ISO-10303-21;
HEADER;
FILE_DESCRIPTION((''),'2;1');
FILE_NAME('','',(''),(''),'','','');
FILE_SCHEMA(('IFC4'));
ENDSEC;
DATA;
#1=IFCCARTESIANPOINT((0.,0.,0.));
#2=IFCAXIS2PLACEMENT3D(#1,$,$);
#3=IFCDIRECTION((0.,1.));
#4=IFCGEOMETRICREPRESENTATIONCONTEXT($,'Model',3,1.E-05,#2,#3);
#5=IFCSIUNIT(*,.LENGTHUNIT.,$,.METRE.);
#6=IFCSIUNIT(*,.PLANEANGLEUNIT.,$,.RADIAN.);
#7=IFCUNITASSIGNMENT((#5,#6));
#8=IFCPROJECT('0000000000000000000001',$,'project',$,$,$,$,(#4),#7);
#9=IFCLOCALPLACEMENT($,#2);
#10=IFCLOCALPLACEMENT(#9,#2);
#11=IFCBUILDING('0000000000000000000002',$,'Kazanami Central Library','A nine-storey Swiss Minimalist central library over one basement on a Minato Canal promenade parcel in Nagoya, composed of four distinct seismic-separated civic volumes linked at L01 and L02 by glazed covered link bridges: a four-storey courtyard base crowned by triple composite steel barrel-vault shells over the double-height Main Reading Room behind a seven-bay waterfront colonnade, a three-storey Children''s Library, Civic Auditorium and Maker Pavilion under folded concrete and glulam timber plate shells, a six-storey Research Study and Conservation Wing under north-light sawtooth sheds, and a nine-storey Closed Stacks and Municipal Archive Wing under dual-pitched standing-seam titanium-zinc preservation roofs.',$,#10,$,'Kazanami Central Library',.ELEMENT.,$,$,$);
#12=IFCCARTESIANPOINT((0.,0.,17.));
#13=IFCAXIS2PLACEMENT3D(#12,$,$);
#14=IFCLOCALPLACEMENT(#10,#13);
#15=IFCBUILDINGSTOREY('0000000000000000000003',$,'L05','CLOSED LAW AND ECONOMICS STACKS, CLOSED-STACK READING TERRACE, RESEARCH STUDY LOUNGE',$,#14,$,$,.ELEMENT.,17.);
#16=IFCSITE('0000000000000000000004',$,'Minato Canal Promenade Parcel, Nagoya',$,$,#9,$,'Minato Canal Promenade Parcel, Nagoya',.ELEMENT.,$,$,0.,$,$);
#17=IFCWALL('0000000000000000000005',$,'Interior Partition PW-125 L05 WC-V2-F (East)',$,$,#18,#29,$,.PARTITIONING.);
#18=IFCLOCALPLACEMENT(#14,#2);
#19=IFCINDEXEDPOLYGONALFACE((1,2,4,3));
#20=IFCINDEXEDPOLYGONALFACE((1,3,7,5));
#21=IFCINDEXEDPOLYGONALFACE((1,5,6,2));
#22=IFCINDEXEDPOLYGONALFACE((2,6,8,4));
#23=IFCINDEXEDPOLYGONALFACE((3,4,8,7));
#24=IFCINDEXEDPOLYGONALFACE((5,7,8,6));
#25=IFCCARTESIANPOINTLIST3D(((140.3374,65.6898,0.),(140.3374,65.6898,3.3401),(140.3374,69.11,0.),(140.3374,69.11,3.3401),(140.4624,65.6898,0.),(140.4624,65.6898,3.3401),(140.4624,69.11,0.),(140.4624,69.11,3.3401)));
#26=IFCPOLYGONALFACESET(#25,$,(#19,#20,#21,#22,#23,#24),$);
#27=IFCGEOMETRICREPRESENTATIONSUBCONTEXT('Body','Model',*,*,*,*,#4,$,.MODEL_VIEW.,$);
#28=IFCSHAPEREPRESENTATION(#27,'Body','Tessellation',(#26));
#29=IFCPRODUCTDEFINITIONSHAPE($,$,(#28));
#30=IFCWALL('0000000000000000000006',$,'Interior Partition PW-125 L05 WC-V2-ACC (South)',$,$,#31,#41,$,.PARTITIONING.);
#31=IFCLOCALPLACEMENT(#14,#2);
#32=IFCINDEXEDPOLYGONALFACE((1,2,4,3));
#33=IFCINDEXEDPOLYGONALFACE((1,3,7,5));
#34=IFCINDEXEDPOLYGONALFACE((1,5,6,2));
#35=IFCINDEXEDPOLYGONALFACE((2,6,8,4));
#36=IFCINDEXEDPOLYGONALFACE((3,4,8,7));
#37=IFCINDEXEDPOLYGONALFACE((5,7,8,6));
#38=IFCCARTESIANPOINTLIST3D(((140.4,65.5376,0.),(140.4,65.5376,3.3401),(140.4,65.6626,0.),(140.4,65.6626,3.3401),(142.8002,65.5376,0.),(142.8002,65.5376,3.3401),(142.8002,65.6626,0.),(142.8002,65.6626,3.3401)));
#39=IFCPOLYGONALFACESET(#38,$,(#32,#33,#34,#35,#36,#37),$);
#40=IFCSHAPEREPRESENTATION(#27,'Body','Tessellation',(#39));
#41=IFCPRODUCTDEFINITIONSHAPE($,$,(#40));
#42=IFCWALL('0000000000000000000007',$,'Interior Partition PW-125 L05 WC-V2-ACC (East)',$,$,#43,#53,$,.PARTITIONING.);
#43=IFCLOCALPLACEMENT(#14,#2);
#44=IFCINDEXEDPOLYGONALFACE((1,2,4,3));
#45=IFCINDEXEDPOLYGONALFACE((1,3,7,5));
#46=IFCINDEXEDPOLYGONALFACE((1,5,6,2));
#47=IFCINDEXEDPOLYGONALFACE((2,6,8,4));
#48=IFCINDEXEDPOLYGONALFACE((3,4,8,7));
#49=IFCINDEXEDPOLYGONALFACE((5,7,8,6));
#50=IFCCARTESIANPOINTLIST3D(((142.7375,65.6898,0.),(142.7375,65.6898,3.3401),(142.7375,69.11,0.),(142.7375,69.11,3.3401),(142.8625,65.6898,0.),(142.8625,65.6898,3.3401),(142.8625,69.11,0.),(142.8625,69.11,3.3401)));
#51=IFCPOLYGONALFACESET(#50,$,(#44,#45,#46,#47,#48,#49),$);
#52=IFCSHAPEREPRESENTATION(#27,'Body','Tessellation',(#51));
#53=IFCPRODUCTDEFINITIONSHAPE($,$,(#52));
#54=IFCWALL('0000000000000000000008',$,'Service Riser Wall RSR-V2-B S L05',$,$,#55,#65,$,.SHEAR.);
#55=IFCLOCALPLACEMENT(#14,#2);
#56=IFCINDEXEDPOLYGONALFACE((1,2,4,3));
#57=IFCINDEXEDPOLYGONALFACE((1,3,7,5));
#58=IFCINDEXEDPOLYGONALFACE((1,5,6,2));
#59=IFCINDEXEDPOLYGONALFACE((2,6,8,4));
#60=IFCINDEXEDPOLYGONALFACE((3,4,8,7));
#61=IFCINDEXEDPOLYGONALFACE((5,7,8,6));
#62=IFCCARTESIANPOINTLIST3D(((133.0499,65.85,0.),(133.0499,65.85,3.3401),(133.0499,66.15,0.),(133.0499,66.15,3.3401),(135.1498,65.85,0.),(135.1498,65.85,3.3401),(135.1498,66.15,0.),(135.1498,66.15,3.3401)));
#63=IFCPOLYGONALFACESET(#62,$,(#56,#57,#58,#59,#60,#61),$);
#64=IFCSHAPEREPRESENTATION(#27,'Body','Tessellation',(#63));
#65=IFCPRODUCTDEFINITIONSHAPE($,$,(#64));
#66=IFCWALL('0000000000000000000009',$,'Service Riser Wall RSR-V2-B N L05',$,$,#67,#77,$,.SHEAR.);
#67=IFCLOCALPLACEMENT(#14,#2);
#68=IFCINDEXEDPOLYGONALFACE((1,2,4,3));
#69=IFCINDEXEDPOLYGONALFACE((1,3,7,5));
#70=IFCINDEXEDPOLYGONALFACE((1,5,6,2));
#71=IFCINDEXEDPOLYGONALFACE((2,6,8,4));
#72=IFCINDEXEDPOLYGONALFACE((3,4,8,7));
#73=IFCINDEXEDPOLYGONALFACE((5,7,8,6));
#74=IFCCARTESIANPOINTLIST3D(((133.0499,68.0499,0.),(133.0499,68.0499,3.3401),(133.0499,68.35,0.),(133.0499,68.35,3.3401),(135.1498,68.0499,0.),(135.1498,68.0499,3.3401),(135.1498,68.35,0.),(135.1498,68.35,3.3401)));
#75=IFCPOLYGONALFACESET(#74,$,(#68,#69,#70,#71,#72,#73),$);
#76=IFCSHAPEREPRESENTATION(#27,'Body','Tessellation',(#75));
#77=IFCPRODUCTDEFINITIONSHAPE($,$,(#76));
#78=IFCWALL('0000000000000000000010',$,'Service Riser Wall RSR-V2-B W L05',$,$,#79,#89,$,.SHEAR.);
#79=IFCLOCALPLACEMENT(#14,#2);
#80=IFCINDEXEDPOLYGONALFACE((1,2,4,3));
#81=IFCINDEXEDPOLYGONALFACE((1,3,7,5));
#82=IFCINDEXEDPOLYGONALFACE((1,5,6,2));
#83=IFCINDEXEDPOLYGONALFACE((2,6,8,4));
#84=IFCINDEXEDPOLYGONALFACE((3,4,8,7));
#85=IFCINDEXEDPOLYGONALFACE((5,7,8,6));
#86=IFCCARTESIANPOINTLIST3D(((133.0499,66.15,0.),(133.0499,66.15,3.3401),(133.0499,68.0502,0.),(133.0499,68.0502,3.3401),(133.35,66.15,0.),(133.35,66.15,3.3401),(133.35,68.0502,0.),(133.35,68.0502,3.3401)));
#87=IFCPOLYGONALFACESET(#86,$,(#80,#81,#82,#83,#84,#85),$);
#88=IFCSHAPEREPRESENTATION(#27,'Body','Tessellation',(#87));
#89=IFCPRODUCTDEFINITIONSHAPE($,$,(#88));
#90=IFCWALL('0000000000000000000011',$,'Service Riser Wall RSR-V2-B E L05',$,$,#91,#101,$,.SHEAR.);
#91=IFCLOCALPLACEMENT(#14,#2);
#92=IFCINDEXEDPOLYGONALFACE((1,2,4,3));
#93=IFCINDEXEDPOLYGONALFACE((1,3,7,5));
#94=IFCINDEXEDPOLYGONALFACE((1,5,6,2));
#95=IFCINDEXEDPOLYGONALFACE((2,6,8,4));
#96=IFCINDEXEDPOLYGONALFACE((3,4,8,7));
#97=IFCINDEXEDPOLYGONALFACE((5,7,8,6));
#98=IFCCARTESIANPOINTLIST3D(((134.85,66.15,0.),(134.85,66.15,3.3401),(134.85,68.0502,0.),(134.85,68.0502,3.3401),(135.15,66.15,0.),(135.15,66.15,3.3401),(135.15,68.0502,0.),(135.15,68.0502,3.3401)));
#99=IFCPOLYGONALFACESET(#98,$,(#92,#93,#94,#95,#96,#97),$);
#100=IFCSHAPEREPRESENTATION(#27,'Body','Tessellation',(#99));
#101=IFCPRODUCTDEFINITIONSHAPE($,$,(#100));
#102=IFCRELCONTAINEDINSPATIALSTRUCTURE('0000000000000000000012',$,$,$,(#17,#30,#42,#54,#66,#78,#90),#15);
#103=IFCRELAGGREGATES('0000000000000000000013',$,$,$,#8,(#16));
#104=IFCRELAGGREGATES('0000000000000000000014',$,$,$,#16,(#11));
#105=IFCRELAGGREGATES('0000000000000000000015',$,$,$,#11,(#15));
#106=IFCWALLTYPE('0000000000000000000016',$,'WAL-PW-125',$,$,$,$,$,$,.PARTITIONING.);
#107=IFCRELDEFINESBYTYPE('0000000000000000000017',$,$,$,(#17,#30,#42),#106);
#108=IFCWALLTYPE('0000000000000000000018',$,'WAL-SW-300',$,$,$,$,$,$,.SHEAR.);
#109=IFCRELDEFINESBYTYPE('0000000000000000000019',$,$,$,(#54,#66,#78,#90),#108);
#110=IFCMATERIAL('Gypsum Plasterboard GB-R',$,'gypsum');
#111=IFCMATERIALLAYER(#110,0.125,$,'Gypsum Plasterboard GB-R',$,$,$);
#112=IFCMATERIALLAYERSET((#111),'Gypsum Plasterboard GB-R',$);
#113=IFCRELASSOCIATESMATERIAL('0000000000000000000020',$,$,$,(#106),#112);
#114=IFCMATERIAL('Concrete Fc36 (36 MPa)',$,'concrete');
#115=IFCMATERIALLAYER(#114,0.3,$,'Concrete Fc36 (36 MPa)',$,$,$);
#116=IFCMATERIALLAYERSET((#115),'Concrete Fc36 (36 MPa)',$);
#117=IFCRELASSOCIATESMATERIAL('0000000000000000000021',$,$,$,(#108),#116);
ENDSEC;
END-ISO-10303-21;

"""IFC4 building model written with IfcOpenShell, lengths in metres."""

from ifc_helpers import new_model, si_unit, direction, frame, frame_2d, origin, place, context, subcontext, project, spatial, rectangle, extrude, material, layer, layer_set, type_object, element, save


model = new_model("IFC4")

# Units and contexts
model_context = context("Model", 3, precision=1e-05, world=origin(), true_north=direction((0.0, 1.0)))
body_context = subcontext(model_context, "Body", "Model", "MODEL_VIEW")
ifc_project = project(units=[si_unit("LENGTHUNIT", "METRE"), si_unit("PLANEANGLEUNIT", "RADIAN")], contexts=[model_context])

# Site, building, storey
site_placement = place(None, origin())
site = spatial("IfcSite", under=ifc_project, at=site_placement, Name="Minato Canal Promenade Parcel, Nagoya", LongName="Minato Canal Promenade Parcel, Nagoya", CompositionType="ELEMENT", RefElevation=0.0)
building_placement = place(site_placement, origin())
building = spatial("IfcBuilding", under=site, at=building_placement, Name="Kazanami Central Library", Description="A nine-storey Swiss Minimalist central library over one basement on a Minato Canal promenade parcel in Nagoya, composed of four distinct seismic-separated civic volumes linked at L01 and L02 by glazed covered link bridges: a four-storey courtyard base crowned by triple composite steel barrel-vault shells over the double-height Main Reading Room behind a seven-bay waterfront colonnade, a three-storey Children's Library, Civic Auditorium and Maker Pavilion under folded concrete and glulam timber plate shells, a six-storey Research Study and Conservation Wing under north-light sawtooth sheds, and a nine-storey Closed Stacks and Municipal Archive Wing under dual-pitched standing-seam titanium-zinc preservation roofs.", LongName="Kazanami Central Library", CompositionType="ELEMENT")
storey_placement = place(building_placement, frame((0.0, 0.0, 17.0)))
storey = spatial("IfcBuildingStorey", under=building, at=storey_placement, Name="L05", Description="CLOSED LAW AND ECONOMICS STACKS, CLOSED-STACK READING TERRACE, RESEARCH STUDY LOUNGE", CompositionType="ELEMENT", Elevation=17.0)

# Walls
ifc_material_1 = material(Name="Gypsum Plasterboard GB-R", Category="gypsum")
ifc_layer_1 = layer(ifc_material_1, 0.125, Name="Gypsum Plasterboard GB-R")
ifc_layer_set_1 = layer_set([ifc_layer_1], Name="Gypsum Plasterboard GB-R")
wall_type_1 = type_object("IfcWallType", Name="WAL-PW-125", PredefinedType="PARTITIONING", material=ifc_layer_set_1)
wall_1_placement = place(storey_placement, frame((140.3999, 65.6899, 0.0), z_axis=(0.0, 0.0, 1.0), x_axis=(0.0, 1.0, 0.0)))
element("IfcWall", 1, at=wall_1_placement, inside=storey, type_object=wall_type_1, Name="Interior Partition PW-125 L05 WC-V2-F (East)", PredefinedType="PARTITIONING", context=body_context, shape_type="SweptSolid", body=[
    extrude(rectangle(XDim=3.4202, YDim=0.125, at=frame_2d((1.71, 0.0))), origin(), (0.0, 0.0, 1.0), 3.3401),
])
wall_2_placement = place(storey_placement, frame((140.3999, 65.6001, 0.0), z_axis=(0.0, 0.0, 1.0), x_axis=(1.0, 0.0, 0.0)))
element("IfcWall", 2, at=wall_2_placement, inside=storey, type_object=wall_type_1, Name="Interior Partition PW-125 L05 WC-V2-ACC (South)", PredefinedType="PARTITIONING", context=body_context, shape_type="SweptSolid", body=[
    extrude(rectangle(XDim=2.4001, YDim=0.125, at=frame_2d((1.2002, 0.0))), origin(), (0.0, 0.0, 1.0), 3.3401),
])
wall_3_placement = place(storey_placement, frame((142.8, 65.6899, 0.0), z_axis=(0.0, 0.0, 1.0), x_axis=(0.0, 1.0, 0.0)))
element("IfcWall", 3, at=wall_3_placement, inside=storey, type_object=wall_type_1, Name="Interior Partition PW-125 L05 WC-V2-ACC (East)", PredefinedType="PARTITIONING", context=body_context, shape_type="SweptSolid", body=[
    extrude(rectangle(XDim=3.4202, YDim=0.125, at=frame_2d((1.71, 0.0))), origin(), (0.0, 0.0, 1.0), 3.3401),
])
ifc_material_2 = material(Name="Concrete Fc36 (36 MPa)", Category="concrete")
ifc_layer_2 = layer(ifc_material_2, 0.3, Name="Concrete Fc36 (36 MPa)")
ifc_layer_set_2 = layer_set([ifc_layer_2], Name="Concrete Fc36 (36 MPa)")
wall_type_2 = type_object("IfcWallType", Name="WAL-SW-300", PredefinedType="SHEAR", material=ifc_layer_set_2)
for number, where, z_axis, x_axis, name in (
    (4, (133.05, 66.0, 0.0), (0.0, 0.0, 1.0), (1.0, 0.0, 0.0), "Service Riser Wall RSR-V2-B S L05"),
    (5, (133.05, 68.2, 0.0), (0.0, 0.0, 1.0), (1.0, 0.0, 0.0), "Service Riser Wall RSR-V2-B N L05"),
):
    element("IfcWall", number, at=place(storey_placement, frame(where, z_axis=z_axis, x_axis=x_axis)), inside=storey, type_object=wall_type_2, Name=name, PredefinedType="SHEAR", context=body_context, shape_type="SweptSolid", body=[
        extrude(rectangle(XDim=2.0999, YDim=0.3, at=frame_2d((1.0498, 0.0))), origin(), (0.0, 0.0, 1.0), 3.3401),
    ])
for number, where, z_axis, x_axis, name in (
    (6, (133.2, 66.1499, 0.0), (0.0, 0.0, 1.0), (0.0, 1.0, 0.0), "Service Riser Wall RSR-V2-B W L05"),
    (7, (135.0, 66.1499, 0.0), (0.0, 0.0, 1.0), (0.0, 1.0, 0.0), "Service Riser Wall RSR-V2-B E L05"),
):
    element("IfcWall", number, at=place(storey_placement, frame(where, z_axis=z_axis, x_axis=x_axis)), inside=storey, type_object=wall_type_2, Name=name, PredefinedType="SHEAR", context=body_context, shape_type="SweptSolid", body=[
        extrude(rectangle(XDim=1.9001, YDim=0.3, at=frame_2d((0.9502, 0.0))), origin(), (0.0, 0.0, 1.0), 3.3401),
    ])

save(model, "model.ifc")
